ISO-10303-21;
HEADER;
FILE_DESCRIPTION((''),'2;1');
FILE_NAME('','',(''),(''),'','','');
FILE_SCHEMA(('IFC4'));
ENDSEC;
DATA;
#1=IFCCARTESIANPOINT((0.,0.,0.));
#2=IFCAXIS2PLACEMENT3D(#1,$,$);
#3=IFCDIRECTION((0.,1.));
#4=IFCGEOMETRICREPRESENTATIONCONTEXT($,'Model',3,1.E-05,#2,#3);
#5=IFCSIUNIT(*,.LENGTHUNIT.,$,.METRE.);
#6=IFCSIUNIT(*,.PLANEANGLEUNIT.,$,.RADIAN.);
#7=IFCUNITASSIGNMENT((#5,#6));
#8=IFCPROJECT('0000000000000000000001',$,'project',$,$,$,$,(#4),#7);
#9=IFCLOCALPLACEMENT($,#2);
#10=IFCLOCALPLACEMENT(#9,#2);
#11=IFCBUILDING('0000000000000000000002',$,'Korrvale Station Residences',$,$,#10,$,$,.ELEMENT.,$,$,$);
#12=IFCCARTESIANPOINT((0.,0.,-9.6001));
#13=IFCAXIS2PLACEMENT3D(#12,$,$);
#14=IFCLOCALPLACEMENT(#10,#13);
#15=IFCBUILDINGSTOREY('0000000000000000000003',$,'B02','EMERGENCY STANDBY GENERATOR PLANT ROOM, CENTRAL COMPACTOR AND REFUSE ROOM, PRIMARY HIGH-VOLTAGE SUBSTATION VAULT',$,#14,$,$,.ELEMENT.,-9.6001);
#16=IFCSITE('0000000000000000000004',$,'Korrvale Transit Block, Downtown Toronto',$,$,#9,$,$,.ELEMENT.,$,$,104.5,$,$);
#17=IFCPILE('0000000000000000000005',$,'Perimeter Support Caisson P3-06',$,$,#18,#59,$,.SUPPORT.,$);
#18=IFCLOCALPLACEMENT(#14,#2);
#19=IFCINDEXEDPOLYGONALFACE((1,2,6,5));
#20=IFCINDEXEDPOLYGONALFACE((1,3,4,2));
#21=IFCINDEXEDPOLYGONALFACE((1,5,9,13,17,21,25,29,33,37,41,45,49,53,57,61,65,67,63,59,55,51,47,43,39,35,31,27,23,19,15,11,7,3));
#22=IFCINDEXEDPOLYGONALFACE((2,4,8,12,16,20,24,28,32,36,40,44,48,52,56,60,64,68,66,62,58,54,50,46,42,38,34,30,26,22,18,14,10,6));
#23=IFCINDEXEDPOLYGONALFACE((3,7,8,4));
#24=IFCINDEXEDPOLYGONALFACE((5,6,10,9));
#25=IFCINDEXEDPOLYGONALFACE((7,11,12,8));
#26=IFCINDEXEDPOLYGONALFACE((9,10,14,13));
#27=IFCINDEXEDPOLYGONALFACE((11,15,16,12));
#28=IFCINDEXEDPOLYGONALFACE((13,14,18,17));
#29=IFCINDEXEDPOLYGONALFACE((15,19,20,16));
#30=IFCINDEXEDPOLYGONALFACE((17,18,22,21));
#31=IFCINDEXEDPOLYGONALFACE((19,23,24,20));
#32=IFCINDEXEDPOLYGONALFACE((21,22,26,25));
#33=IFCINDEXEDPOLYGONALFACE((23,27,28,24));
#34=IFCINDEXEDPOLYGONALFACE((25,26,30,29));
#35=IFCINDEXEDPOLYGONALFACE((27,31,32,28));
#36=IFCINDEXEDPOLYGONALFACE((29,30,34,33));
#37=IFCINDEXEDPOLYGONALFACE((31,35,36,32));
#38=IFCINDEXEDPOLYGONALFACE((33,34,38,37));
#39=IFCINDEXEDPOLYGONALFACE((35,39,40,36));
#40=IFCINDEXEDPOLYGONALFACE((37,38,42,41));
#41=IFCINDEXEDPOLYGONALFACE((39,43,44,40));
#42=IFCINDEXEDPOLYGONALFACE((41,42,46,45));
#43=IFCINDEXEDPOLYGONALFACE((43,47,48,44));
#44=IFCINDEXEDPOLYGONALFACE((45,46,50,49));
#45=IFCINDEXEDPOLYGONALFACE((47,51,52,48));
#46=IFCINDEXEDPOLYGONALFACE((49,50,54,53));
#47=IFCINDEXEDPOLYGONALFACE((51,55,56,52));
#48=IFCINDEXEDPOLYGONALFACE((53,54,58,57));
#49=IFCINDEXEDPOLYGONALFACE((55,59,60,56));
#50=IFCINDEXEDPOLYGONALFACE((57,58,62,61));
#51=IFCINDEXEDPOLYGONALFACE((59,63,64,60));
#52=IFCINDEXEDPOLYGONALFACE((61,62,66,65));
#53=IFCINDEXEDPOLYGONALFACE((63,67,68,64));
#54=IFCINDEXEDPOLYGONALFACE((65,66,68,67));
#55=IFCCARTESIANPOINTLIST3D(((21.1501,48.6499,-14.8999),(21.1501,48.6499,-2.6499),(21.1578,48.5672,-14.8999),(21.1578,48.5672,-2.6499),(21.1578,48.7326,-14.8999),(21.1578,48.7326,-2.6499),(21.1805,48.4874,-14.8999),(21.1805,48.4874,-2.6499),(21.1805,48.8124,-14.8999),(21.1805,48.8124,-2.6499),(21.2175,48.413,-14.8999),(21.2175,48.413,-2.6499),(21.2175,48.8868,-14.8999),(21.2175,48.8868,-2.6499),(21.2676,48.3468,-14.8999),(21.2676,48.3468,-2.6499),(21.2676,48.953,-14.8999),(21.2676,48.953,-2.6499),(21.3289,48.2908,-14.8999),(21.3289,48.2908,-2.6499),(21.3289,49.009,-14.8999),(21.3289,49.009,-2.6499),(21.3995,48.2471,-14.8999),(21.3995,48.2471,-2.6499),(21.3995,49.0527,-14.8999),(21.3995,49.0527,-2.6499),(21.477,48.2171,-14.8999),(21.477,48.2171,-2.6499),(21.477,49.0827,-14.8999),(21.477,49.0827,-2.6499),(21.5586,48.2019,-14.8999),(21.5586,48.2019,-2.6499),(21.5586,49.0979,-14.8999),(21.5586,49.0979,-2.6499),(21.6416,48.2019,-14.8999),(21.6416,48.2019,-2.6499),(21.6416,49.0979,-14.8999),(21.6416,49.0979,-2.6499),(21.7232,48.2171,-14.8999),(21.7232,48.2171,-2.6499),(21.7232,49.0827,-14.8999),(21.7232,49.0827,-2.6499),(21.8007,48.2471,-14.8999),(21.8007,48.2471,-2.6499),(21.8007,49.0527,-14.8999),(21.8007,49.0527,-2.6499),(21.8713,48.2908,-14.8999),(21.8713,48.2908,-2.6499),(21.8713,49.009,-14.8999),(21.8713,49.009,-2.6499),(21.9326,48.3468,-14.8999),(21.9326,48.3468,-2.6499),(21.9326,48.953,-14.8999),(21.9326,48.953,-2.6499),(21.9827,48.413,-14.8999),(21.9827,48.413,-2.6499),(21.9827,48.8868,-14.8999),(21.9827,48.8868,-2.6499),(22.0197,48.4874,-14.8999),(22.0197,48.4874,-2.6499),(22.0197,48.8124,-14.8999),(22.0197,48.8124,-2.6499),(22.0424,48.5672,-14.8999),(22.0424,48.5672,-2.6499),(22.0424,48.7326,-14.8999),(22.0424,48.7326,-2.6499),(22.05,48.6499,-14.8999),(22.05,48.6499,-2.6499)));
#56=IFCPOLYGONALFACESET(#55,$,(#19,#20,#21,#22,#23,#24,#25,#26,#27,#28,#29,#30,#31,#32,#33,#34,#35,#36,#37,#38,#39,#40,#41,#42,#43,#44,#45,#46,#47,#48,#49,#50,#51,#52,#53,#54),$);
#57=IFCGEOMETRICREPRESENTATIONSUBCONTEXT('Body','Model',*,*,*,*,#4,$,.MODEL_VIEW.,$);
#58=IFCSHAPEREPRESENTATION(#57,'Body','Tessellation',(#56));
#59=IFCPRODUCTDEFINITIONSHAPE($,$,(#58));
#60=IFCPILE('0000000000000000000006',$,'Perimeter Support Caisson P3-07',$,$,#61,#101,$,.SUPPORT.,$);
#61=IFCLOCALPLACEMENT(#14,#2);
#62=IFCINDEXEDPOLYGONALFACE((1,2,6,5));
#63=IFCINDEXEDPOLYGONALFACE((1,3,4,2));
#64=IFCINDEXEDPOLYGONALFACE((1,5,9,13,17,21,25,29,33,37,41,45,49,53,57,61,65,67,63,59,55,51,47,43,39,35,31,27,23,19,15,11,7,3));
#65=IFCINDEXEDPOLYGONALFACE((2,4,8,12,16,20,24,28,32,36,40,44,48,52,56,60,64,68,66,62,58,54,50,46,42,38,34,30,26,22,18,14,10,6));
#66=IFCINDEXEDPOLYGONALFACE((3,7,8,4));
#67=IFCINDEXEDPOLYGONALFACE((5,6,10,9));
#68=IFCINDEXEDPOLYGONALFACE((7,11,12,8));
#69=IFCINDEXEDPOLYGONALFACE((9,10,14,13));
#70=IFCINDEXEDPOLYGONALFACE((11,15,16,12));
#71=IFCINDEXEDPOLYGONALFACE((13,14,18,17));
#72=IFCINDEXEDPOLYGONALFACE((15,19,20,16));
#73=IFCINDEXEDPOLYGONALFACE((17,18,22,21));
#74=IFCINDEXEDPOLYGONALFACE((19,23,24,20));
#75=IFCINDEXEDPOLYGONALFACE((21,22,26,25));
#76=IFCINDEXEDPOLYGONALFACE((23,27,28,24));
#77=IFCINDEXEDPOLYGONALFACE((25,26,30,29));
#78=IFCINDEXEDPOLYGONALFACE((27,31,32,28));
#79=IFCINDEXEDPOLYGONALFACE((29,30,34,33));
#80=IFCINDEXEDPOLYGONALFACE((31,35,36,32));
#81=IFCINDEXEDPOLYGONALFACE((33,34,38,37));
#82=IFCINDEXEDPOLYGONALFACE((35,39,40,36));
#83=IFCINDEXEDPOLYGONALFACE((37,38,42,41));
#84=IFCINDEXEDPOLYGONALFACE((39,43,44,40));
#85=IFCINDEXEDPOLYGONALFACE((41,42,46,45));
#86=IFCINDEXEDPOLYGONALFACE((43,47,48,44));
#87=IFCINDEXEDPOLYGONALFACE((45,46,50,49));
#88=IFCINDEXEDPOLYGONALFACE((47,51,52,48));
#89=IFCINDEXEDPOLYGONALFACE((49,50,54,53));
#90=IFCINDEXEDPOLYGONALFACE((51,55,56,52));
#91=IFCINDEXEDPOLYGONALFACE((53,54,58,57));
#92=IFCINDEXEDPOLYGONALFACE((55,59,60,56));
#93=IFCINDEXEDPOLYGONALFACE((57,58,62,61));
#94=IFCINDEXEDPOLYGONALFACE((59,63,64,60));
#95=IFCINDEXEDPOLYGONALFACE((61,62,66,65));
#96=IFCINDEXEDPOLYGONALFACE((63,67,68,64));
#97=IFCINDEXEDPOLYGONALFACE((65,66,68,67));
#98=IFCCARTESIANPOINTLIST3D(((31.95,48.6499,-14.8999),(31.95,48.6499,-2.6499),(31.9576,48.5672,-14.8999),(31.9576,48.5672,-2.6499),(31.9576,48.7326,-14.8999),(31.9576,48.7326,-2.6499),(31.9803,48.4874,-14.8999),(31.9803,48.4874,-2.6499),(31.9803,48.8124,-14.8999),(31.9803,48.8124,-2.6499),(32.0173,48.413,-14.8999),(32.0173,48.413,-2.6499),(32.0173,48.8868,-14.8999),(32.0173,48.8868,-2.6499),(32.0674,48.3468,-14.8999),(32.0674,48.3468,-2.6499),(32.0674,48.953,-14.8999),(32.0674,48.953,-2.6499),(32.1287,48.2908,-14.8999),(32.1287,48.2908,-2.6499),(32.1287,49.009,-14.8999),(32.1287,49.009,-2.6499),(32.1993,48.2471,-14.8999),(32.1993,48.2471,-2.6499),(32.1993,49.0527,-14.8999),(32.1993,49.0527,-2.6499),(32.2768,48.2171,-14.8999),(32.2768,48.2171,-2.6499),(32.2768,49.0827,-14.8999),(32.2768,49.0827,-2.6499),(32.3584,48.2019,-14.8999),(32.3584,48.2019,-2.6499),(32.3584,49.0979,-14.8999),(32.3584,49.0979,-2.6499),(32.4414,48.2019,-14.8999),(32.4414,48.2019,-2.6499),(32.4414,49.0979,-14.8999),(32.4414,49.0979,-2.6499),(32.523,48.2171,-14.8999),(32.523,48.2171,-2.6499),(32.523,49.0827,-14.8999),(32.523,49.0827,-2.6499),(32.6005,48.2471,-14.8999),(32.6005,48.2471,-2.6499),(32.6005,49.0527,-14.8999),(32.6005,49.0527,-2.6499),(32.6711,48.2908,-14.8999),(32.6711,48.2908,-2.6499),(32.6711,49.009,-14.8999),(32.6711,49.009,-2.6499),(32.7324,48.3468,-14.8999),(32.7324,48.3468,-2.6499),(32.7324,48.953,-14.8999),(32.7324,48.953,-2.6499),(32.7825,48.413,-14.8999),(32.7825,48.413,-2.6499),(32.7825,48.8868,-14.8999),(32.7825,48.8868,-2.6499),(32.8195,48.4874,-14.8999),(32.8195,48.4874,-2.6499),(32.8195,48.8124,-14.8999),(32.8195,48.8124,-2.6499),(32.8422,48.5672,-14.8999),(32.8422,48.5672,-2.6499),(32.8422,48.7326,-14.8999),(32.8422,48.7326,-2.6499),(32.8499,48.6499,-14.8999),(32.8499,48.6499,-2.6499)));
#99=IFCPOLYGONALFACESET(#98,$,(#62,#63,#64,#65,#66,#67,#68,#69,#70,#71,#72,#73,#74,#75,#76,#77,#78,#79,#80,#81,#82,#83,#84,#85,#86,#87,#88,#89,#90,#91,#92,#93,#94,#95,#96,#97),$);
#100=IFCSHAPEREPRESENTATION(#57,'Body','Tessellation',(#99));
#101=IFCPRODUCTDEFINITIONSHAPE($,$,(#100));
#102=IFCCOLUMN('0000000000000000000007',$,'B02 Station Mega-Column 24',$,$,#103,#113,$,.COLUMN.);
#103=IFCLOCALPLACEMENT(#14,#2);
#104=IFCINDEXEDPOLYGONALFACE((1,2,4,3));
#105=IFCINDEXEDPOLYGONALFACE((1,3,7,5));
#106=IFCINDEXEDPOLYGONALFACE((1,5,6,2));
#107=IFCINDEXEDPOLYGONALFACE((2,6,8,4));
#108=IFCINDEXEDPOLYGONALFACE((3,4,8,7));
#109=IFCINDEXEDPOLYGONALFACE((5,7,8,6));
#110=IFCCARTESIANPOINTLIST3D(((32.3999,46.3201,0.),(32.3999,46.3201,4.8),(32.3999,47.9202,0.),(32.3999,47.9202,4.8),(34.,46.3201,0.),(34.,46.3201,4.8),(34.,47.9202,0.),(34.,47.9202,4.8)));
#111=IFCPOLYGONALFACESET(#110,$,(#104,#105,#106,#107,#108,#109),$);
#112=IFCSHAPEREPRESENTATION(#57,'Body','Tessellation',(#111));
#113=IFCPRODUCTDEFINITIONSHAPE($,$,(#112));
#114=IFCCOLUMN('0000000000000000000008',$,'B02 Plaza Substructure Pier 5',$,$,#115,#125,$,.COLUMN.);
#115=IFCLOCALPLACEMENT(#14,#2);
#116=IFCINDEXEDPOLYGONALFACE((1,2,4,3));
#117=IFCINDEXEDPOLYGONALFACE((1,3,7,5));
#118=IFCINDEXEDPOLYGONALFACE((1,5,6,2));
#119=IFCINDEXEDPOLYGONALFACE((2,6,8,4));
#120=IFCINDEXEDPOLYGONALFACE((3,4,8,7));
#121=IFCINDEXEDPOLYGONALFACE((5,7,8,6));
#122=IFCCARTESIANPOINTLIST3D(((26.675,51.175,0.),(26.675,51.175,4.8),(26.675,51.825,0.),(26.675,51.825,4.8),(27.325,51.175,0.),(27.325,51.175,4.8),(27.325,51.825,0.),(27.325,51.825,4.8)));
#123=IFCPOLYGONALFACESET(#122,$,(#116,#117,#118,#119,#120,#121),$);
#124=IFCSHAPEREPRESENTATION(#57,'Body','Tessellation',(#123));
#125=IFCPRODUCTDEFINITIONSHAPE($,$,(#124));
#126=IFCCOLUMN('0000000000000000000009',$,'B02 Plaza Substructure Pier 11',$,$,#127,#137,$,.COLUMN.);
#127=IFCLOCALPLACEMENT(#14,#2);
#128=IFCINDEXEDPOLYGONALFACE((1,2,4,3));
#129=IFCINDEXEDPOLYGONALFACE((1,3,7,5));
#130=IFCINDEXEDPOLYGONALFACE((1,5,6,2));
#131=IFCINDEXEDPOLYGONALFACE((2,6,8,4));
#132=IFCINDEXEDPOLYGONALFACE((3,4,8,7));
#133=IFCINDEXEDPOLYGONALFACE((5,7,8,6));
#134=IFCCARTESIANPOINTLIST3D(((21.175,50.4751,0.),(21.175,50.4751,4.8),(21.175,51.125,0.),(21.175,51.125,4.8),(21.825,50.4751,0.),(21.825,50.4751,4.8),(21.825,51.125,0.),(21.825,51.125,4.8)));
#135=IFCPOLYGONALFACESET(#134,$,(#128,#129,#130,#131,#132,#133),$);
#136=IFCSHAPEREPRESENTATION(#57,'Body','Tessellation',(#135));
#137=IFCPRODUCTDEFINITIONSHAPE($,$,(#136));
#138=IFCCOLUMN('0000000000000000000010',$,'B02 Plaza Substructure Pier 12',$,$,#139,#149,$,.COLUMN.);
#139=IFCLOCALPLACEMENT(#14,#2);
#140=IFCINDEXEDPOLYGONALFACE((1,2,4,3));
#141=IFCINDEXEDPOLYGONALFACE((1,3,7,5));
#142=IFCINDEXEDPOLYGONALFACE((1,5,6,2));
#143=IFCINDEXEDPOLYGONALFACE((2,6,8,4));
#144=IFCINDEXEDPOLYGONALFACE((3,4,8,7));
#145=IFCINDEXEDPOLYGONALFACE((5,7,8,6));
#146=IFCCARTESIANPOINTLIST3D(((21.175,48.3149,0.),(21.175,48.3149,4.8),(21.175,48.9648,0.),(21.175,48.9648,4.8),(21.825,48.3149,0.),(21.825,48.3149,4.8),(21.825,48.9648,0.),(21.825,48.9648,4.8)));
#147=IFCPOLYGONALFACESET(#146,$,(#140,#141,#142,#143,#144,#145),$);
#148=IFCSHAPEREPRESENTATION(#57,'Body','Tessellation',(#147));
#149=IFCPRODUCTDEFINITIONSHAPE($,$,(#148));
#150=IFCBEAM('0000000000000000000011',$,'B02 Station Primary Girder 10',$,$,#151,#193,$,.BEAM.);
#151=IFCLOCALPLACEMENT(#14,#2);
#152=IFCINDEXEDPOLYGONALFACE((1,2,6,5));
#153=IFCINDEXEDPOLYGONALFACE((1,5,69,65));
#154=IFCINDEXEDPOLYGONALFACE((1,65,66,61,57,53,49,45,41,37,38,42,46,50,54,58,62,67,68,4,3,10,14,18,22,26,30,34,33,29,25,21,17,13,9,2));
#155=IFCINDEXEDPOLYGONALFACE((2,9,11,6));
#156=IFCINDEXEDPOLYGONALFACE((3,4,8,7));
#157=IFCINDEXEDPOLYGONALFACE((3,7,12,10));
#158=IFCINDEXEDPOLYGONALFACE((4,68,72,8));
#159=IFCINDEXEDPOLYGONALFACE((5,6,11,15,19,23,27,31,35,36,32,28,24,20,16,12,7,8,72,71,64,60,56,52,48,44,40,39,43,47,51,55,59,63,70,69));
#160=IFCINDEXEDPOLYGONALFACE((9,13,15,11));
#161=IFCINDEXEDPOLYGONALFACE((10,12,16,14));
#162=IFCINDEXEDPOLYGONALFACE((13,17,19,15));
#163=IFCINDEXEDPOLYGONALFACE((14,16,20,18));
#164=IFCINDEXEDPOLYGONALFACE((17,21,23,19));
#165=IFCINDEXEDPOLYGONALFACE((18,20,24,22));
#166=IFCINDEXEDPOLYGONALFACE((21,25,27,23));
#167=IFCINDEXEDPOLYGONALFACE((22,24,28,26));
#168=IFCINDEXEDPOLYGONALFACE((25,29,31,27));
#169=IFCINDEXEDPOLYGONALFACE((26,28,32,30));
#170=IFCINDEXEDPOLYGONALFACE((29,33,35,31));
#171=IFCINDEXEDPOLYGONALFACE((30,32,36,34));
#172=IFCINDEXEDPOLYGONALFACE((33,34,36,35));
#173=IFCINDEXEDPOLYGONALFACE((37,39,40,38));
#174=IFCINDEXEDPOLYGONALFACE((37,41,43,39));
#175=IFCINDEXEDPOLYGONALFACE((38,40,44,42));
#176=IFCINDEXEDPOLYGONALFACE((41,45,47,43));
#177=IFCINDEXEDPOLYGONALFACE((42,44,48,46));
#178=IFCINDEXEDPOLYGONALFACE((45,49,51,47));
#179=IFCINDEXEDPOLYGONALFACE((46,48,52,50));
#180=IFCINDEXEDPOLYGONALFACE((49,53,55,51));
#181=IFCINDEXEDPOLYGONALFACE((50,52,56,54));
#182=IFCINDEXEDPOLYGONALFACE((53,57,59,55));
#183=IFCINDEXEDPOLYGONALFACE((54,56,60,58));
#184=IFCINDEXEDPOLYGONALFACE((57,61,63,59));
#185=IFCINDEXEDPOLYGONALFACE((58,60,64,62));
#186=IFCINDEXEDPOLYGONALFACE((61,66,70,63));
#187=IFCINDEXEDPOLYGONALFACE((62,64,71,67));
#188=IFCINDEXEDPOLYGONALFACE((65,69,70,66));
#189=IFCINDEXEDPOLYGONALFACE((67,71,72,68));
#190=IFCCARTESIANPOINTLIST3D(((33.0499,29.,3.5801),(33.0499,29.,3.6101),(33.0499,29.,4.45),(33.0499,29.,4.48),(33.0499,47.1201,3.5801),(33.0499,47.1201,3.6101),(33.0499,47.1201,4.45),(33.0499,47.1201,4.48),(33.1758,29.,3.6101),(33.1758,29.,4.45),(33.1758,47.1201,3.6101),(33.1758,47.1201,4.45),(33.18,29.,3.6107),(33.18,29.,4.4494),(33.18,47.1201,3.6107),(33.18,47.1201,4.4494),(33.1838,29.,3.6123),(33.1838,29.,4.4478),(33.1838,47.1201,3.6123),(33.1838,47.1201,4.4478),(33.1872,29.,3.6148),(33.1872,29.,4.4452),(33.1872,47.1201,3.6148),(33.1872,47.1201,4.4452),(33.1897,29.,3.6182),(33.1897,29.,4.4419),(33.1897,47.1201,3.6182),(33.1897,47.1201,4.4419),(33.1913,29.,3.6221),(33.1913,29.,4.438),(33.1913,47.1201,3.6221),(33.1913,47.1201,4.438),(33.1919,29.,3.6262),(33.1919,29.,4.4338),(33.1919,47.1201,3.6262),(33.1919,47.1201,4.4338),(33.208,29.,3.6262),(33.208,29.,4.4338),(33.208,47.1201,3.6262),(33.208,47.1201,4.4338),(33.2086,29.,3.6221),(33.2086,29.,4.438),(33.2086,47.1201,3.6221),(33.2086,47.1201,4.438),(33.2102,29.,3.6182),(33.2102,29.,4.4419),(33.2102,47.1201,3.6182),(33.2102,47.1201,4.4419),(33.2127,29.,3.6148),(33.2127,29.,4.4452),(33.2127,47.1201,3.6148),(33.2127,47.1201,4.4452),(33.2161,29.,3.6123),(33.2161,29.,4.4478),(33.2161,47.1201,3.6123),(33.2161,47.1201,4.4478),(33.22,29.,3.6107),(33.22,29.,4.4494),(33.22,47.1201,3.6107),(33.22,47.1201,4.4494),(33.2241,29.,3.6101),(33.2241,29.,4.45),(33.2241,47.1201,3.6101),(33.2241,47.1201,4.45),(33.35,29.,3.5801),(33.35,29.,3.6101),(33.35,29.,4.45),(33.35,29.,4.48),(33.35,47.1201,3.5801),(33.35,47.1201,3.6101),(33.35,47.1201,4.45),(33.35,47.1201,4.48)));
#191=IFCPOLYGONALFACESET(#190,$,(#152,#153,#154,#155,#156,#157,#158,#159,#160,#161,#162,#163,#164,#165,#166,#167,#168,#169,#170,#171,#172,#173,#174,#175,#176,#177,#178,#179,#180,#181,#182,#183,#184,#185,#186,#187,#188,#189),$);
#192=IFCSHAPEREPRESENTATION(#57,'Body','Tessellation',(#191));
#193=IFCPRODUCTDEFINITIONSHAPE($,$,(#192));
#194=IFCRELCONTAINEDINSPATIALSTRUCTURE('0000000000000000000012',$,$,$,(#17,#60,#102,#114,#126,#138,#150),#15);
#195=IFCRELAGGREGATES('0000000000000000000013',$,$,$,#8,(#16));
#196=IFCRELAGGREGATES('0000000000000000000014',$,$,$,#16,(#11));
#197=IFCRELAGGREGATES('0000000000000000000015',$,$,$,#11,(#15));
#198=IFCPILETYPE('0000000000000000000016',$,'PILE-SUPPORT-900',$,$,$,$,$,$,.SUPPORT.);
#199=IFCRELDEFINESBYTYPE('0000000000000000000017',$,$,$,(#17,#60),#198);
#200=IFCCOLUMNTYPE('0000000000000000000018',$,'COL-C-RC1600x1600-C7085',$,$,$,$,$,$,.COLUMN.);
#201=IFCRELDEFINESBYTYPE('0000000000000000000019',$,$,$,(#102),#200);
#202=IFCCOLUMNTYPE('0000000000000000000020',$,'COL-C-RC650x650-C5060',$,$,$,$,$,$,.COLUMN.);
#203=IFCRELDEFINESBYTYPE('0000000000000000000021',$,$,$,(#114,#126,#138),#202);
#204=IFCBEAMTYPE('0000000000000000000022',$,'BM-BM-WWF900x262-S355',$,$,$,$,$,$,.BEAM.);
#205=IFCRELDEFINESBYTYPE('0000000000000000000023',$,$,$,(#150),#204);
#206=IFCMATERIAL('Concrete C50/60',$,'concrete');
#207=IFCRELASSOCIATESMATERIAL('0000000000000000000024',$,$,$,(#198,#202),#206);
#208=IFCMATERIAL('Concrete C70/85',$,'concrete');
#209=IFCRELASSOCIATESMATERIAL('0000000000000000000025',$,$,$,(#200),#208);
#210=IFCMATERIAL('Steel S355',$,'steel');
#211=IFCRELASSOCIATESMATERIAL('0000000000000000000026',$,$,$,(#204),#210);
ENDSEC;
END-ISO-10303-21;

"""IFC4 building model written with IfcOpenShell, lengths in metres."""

from ifc_helpers import new_model, si_unit, direction, frame, origin, origin_2d, place, context, subcontext, project, spatial, rectangle, circle, i_section, extrude, material, material_profile, profile_set, type_object, element, save


model = new_model("IFC4")

# Units and contexts
model_context = context("Model", 3, precision=1e-05, world=origin(), true_north=direction((0.0, 1.0)))
body_context = subcontext(model_context, "Body", "Model", "MODEL_VIEW")
ifc_project = project(units=[si_unit("LENGTHUNIT", "METRE"), si_unit("PLANEANGLEUNIT", "RADIAN")], contexts=[model_context])

# Site, building, storey
site_placement = place(None, origin())
site = spatial("IfcSite", under=ifc_project, at=site_placement, Name="Korrvale Transit Block, Downtown Toronto", CompositionType="ELEMENT", RefElevation=104.5)
building_placement = place(site_placement, origin())
building = spatial("IfcBuilding", under=site, at=building_placement, Name="Korrvale Station Residences", CompositionType="ELEMENT")
storey_placement = place(building_placement, frame((0.0, 0.0, -9.6001)))
storey = spatial("IfcBuildingStorey", under=building, at=storey_placement, Name="B02", Description="EMERGENCY STANDBY GENERATOR PLANT ROOM, CENTRAL COMPACTOR AND REFUSE ROOM, PRIMARY HIGH-VOLTAGE SUBSTATION VAULT", CompositionType="ELEMENT", Elevation=-9.6001)

# Piles
ifc_material_1 = material(Name="Concrete C50/60", Category="concrete")
ifc_material_profile_1 = material_profile(ifc_material_1, circle(Radius=0.45, at=origin_2d()), Name="PILE900")
ifc_profile_set_1 = profile_set([ifc_material_profile_1], Name="Concrete C50/60")
pile_type_1 = type_object("IfcPileType", Name="PILE-SUPPORT-900", PredefinedType="SUPPORT", material=ifc_profile_set_1)
for number, where, z_axis, x_axis, name in (
    (1, (21.6001, 48.6499, -2.6499), (0.0, 0.0, -1.0), (1.0, 0.0, 0.0), "Perimeter Support Caisson P3-06"),
    (2, (32.3999, 48.6499, -2.6499), (0.0, 0.0, -1.0), (1.0, 0.0, 0.0), "Perimeter Support Caisson P3-07"),
):
    element("IfcPile", number, at=place(storey_placement, frame(where, z_axis=z_axis, x_axis=x_axis)), inside=storey, type_object=pile_type_1, Name=name, PredefinedType="SUPPORT", context=body_context, shape_type="SweptSolid", body=[
        extrude(circle(Radius=0.45, at=origin_2d()), origin(), (0.0, 0.0, 1.0), 12.25),
    ])

# Columns
ifc_material_2 = material(Name="Concrete C70/85", Category="concrete")
ifc_material_profile_2 = material_profile(ifc_material_2, rectangle(XDim=1.6001, YDim=1.6001, at=origin_2d()), Name="RC1600x1600")
ifc_profile_set_2 = profile_set([ifc_material_profile_2], Name="Concrete C70/85")
column_type_1 = type_object("IfcColumnType", Name="COL-C-RC1600x1600-C7085", PredefinedType="COLUMN", material=ifc_profile_set_2)
column_placement = place(storey_placement, frame((33.2, 47.1201, 0.0), z_axis=(0.0, 0.0, 1.0), x_axis=(1.0, 0.0, 0.0)))
element("IfcColumn", 3, at=column_placement, inside=storey, type_object=column_type_1, Name="B02 Station Mega-Column 24", PredefinedType="COLUMN", context=body_context, shape_type="SweptSolid", body=[
    extrude(rectangle(XDim=1.6001, YDim=1.6001, at=origin_2d()), origin(), (0.0, 0.0, 1.0), 4.8),
])
ifc_material_profile_3 = material_profile(ifc_material_1, rectangle(XDim=0.6499, YDim=0.6499, at=origin_2d()), Name="RC650x650")
ifc_profile_set_3 = profile_set([ifc_material_profile_3], Name="Concrete C50/60")
column_type_2 = type_object("IfcColumnType", Name="COL-C-RC650x650-C5060", PredefinedType="COLUMN", material=ifc_profile_set_3)
for number, where, z_axis, x_axis, name in (
    (4, (27.0, 51.5, 0.0), (0.0, 0.0, 1.0), (1.0, 0.0, 0.0), "B02 Plaza Substructure Pier 5"),
    (5, (21.5, 50.8, 0.0), (0.0, 0.0, 1.0), (1.0, 0.0, 0.0), "B02 Plaza Substructure Pier 11"),
    (6, (21.5, 48.6399, 0.0), (0.0, 0.0, 1.0), (1.0, 0.0, 0.0), "B02 Plaza Substructure Pier 12"),
):
    element("IfcColumn", number, at=place(storey_placement, frame(where, z_axis=z_axis, x_axis=x_axis)), inside=storey, type_object=column_type_2, Name=name, PredefinedType="COLUMN", context=body_context, shape_type="SweptSolid", body=[
        extrude(rectangle(XDim=0.6499, YDim=0.6499, at=origin_2d()), origin(), (0.0, 0.0, 1.0), 4.8),
    ])

# Beam
ifc_material_3 = material(Name="Steel S355", Category="steel")
ifc_material_profile_4 = material_profile(ifc_material_3, i_section(OverallWidth=0.3, OverallDepth=0.8999, WebThickness=0.0161, FlangeThickness=0.03, FilletRadius=0.0161, at=origin_2d()), Name="WWF900x262")
ifc_profile_set_4 = profile_set([ifc_material_profile_4], Name="Steel S355")
beam_type_1 = type_object("IfcBeamType", Name="BM-BM-WWF900x262-S355", PredefinedType="BEAM", material=ifc_profile_set_4)
beam_1_placement = place(storey_placement, frame((33.2, 29.0, 4.03), z_axis=(0.0, 1.0, 0.0), x_axis=(-1.0, 0.0, 0.0)))
element("IfcBeam", 7, at=beam_1_placement, inside=storey, type_object=beam_type_1, Name="B02 Station Primary Girder 10", PredefinedType="BEAM", context=body_context, shape_type="SweptSolid", body=[
    extrude(i_section(OverallWidth=0.3, OverallDepth=0.8999, WebThickness=0.0161, FlangeThickness=0.03, FilletRadius=0.0161, at=origin_2d()), origin(), (0.0, 0.0, 1.0), 18.1201),
])

save(model, "model.ifc")
